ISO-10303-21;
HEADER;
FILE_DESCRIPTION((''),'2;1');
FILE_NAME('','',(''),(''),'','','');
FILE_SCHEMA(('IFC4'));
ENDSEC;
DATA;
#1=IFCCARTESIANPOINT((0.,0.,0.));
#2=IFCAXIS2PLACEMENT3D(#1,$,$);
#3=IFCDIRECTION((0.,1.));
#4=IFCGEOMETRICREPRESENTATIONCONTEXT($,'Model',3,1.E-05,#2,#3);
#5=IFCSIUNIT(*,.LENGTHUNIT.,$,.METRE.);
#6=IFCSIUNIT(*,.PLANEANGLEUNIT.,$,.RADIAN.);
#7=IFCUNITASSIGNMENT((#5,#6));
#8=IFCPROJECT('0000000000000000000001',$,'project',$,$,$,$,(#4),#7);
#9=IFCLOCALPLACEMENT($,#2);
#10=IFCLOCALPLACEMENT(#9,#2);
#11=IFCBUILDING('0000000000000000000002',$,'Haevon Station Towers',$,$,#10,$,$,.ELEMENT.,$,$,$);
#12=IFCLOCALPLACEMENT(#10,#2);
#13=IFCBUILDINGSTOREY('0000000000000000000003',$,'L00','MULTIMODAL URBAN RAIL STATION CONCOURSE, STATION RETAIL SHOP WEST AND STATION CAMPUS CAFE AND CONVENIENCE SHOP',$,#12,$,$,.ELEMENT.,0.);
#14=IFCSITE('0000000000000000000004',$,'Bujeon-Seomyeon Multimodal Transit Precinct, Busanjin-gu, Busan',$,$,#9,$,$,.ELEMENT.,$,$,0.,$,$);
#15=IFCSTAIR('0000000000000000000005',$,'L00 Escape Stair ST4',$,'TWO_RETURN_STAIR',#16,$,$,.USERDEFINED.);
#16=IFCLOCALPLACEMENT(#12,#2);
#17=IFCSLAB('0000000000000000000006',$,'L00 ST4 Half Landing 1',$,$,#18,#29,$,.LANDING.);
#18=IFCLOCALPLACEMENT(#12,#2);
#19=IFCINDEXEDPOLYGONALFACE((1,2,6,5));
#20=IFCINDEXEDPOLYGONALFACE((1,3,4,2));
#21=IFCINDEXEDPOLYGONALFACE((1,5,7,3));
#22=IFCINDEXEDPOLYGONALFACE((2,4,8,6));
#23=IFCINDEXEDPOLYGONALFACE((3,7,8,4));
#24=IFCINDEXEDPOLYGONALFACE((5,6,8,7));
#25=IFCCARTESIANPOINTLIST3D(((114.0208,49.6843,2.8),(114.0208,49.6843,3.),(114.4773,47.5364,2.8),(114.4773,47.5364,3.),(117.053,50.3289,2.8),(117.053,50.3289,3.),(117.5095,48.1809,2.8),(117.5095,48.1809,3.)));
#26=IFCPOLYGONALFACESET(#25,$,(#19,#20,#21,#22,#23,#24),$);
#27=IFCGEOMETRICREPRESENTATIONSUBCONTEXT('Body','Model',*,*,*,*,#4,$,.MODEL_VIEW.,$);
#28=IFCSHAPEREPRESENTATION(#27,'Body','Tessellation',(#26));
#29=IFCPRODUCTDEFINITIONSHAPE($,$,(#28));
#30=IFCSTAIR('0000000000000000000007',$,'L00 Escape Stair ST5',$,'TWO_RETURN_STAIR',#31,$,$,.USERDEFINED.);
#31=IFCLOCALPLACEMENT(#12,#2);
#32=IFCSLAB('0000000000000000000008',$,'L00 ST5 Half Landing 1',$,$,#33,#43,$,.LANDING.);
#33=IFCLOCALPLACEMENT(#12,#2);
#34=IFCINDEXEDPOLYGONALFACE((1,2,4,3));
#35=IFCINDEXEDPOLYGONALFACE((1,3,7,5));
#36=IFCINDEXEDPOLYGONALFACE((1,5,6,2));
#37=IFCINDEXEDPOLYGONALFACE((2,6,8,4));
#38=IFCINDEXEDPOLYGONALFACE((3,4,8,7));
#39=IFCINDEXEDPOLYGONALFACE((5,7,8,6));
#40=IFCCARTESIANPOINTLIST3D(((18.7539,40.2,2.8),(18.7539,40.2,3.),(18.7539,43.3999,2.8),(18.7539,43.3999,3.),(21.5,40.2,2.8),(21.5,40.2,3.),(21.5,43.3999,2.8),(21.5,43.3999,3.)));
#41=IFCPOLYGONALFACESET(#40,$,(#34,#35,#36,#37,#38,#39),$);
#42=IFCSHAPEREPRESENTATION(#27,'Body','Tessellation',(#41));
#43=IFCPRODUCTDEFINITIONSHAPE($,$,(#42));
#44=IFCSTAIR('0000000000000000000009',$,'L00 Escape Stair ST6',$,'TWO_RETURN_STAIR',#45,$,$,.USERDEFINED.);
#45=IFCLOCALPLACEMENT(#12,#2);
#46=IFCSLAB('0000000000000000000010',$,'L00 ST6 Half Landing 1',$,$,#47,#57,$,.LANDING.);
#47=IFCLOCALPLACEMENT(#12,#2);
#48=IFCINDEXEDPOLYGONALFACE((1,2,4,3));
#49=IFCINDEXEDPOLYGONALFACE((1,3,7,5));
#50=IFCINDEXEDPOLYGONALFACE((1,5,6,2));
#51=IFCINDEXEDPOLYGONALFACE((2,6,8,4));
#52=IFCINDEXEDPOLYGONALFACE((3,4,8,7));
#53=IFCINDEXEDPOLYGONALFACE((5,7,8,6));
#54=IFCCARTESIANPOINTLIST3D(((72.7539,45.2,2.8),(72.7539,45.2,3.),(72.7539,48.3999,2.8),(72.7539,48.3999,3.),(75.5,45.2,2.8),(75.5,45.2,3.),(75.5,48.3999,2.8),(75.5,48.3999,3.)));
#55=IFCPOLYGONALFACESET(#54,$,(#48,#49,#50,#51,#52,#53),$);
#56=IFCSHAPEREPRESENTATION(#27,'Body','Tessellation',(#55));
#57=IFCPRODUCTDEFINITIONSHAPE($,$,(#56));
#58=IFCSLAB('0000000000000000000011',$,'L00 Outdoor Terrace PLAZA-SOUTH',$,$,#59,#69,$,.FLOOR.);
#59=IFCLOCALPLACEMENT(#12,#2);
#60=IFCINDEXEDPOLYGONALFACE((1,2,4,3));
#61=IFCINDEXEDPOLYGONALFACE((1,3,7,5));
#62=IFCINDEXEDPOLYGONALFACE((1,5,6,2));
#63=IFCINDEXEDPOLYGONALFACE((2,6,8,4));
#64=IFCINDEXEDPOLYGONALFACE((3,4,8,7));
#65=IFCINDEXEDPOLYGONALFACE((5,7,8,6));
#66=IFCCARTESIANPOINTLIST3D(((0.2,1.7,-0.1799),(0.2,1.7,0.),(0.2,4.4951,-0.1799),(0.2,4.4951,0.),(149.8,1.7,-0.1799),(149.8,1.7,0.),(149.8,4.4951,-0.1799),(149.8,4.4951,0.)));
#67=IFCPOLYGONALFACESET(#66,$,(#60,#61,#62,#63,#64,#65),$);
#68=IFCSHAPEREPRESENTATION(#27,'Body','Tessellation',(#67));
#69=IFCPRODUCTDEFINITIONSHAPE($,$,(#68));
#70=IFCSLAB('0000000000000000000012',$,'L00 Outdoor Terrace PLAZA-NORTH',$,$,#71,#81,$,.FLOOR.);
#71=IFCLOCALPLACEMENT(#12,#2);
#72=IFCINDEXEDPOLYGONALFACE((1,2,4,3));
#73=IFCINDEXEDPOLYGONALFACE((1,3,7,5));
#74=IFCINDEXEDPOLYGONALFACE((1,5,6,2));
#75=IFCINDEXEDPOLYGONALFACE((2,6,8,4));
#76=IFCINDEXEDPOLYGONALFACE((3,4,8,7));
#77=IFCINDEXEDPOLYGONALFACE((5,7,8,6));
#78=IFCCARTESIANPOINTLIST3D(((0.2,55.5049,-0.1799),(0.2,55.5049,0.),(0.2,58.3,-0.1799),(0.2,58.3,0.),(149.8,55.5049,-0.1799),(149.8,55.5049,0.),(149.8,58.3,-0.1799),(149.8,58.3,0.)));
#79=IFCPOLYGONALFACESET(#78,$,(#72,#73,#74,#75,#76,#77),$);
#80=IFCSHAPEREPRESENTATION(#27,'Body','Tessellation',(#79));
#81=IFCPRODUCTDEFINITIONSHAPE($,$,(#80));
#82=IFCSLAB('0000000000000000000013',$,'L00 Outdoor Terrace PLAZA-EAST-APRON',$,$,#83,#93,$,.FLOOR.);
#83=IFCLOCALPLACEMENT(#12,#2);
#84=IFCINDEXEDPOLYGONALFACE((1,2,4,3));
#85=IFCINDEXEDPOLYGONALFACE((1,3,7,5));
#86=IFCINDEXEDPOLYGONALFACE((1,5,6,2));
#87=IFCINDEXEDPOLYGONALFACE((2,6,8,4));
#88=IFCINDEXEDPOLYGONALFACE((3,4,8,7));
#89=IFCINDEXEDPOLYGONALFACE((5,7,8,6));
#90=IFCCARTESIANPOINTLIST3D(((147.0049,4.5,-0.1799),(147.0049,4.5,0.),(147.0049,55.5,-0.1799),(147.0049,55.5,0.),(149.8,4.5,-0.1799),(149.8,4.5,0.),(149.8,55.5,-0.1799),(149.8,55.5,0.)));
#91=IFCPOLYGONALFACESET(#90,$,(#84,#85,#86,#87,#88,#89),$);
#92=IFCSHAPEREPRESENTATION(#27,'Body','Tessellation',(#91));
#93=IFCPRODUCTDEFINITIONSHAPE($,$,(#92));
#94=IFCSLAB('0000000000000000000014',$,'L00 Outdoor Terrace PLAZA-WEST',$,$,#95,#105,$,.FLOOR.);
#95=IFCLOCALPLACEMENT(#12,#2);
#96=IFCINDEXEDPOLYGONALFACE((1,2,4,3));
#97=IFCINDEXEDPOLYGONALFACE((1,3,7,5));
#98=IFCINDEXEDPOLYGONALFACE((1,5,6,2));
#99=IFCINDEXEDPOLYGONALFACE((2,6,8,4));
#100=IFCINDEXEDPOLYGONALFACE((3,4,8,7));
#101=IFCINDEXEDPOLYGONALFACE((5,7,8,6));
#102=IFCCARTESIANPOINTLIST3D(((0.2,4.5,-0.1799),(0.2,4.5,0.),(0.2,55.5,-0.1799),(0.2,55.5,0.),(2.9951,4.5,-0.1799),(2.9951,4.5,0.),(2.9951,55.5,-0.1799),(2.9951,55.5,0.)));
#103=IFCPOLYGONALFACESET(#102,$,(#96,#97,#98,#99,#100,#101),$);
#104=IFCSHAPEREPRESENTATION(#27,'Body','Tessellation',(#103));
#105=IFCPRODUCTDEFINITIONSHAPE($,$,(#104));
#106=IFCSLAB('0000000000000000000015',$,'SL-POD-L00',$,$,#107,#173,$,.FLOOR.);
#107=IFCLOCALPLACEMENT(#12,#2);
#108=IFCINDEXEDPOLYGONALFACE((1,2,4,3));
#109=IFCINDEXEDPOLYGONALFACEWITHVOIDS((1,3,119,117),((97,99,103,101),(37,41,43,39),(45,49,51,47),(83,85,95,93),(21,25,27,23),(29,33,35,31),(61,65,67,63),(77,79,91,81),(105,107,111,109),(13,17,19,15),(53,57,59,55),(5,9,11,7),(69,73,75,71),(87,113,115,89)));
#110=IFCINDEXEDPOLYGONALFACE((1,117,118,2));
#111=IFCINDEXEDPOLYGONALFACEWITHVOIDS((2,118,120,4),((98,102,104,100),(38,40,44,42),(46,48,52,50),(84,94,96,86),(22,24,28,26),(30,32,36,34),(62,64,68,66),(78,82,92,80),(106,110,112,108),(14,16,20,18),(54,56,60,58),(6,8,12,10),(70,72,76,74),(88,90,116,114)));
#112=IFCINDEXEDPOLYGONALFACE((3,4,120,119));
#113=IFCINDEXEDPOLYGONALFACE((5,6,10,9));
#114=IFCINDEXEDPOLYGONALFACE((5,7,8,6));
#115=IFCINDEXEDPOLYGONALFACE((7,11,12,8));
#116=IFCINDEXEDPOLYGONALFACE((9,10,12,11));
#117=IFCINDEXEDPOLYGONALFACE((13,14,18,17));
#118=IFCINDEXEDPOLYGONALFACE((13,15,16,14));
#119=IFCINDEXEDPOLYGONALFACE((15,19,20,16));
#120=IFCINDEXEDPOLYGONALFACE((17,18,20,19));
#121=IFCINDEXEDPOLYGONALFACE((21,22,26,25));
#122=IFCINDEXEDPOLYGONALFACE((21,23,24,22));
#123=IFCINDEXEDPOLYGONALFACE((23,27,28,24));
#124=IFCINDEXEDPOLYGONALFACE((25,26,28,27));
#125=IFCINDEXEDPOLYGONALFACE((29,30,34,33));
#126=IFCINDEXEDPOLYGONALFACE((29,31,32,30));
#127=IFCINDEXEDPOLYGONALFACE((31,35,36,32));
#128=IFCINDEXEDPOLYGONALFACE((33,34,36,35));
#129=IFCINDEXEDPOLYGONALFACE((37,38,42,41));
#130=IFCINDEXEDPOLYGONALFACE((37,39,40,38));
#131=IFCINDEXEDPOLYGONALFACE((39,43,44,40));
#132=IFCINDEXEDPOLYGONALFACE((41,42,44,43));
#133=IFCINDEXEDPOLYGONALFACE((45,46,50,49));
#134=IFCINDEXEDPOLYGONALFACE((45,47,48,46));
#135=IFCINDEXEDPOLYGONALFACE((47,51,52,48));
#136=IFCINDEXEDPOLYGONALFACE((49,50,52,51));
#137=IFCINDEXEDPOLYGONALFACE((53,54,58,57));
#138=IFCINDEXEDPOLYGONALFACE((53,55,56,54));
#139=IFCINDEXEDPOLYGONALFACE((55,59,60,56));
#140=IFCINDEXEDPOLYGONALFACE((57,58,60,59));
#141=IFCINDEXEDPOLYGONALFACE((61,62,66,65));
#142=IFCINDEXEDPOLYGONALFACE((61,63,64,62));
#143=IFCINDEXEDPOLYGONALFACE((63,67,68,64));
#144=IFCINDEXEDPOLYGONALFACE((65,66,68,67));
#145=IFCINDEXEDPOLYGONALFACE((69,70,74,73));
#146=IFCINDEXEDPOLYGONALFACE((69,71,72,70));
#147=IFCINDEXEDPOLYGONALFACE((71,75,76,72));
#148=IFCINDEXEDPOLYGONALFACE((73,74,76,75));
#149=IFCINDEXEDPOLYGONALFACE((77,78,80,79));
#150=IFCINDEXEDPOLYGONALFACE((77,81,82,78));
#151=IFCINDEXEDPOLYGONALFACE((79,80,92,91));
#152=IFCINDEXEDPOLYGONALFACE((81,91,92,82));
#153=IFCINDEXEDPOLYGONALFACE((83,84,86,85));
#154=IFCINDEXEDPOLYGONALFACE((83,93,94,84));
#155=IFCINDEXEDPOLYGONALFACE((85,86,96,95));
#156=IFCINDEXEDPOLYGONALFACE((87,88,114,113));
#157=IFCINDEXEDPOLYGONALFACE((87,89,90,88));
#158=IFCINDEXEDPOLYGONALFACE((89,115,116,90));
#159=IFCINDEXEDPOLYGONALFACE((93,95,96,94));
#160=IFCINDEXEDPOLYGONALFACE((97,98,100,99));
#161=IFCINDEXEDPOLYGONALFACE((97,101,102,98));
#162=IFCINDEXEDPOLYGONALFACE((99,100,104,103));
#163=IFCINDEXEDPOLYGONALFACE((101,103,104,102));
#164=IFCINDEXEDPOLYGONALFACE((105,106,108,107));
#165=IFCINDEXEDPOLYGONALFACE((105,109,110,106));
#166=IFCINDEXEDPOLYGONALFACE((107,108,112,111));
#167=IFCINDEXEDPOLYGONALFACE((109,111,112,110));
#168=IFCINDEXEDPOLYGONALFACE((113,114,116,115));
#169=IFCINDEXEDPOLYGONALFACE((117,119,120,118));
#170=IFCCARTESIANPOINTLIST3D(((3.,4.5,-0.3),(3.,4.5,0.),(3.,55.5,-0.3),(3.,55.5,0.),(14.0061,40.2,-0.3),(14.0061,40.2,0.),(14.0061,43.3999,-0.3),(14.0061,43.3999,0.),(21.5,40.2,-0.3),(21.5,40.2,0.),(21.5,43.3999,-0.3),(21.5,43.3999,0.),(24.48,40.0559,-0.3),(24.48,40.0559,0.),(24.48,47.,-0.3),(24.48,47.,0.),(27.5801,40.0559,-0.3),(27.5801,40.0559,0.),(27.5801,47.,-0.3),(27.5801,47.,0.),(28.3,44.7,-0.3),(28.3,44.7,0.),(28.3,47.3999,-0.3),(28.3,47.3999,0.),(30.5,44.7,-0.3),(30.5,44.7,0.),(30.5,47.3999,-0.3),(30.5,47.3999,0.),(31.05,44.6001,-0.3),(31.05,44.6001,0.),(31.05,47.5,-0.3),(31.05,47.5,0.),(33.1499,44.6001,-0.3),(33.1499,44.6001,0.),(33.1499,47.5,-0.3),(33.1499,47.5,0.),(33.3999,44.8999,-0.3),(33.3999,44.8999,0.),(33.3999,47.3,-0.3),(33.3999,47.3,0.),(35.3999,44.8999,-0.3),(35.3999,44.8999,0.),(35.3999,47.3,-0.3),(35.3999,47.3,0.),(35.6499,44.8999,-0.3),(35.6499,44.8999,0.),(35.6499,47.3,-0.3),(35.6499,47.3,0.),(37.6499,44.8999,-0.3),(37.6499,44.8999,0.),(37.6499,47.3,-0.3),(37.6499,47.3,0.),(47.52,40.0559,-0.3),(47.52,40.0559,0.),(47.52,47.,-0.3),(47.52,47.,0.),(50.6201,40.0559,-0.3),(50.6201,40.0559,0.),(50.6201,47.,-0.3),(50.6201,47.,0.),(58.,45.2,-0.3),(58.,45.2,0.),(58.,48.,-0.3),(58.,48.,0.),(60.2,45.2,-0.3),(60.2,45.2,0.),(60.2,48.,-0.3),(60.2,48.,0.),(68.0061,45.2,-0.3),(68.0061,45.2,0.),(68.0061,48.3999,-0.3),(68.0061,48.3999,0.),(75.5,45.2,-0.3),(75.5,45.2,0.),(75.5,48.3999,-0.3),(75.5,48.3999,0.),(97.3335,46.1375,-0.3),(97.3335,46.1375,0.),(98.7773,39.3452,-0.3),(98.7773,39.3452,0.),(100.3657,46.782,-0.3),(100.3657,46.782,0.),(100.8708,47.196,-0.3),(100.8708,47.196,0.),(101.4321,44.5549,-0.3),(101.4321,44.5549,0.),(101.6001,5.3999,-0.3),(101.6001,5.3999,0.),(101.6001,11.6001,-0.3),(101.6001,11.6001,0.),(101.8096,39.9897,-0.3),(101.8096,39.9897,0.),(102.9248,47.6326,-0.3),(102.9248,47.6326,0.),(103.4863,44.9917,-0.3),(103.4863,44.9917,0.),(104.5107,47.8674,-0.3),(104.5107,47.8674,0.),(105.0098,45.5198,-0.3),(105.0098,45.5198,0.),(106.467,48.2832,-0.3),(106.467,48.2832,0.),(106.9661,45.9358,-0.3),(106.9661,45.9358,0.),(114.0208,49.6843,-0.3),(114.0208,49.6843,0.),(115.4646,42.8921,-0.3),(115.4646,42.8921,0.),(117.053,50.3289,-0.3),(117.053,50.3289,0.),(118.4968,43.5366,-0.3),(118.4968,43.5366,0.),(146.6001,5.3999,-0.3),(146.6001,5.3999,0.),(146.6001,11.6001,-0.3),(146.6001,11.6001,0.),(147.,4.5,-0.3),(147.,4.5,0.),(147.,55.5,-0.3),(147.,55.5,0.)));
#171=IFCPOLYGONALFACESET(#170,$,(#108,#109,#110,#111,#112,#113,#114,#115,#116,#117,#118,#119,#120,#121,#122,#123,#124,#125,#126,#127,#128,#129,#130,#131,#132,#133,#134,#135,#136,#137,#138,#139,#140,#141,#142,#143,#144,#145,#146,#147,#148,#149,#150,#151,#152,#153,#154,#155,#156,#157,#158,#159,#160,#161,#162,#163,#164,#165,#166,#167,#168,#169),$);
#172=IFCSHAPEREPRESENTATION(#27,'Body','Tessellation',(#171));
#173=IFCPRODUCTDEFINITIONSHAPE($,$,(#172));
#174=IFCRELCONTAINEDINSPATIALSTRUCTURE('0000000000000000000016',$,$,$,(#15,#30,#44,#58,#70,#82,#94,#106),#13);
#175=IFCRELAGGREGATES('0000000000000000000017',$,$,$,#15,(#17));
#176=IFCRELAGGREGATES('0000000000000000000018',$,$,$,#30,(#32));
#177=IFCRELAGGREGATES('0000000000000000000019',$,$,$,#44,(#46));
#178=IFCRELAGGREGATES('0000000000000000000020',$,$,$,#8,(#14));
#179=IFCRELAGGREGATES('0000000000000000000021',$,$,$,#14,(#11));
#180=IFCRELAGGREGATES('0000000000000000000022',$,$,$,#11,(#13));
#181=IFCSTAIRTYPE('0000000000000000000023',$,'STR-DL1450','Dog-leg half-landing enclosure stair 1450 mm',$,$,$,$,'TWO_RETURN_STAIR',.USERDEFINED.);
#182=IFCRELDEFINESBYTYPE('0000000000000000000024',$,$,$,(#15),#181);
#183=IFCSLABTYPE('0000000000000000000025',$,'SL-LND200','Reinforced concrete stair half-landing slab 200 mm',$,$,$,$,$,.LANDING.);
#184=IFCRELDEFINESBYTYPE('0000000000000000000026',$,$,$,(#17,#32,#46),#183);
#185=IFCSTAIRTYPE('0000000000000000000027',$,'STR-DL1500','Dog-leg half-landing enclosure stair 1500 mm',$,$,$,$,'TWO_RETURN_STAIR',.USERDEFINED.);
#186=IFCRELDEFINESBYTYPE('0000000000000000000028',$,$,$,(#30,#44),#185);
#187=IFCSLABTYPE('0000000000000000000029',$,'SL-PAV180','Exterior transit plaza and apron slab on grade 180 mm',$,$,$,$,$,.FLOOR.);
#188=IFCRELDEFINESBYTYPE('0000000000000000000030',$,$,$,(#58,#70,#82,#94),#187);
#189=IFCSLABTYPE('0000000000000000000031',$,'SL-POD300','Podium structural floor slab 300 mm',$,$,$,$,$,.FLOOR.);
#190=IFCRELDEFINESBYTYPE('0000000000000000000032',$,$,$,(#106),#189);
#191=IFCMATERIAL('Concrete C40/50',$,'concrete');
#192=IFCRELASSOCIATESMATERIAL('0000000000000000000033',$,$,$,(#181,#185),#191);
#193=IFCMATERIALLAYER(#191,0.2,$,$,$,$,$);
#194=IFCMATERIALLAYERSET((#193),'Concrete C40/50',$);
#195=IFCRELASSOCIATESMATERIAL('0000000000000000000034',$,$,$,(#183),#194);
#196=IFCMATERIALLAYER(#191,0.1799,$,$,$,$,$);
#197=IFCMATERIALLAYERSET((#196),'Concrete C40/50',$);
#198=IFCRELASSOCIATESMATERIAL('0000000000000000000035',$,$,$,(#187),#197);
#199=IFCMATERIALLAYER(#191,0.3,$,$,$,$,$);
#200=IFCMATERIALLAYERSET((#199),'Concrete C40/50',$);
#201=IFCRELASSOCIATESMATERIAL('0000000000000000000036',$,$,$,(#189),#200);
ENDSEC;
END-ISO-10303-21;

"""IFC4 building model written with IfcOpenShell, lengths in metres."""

from ifc_helpers import new_model, si_unit, direction, frame, origin, place, context, subcontext, project, spatial, polyline, outline, extrude, material, layer, layer_set, type_object, element, aggregate, save


model = new_model("IFC4")

# Units and contexts
model_context = context("Model", 3, precision=1e-05, world=origin(), true_north=direction((0.0, 1.0)))
body_context = subcontext(model_context, "Body", "Model", "MODEL_VIEW")
ifc_project = project(units=[si_unit("LENGTHUNIT", "METRE"), si_unit("PLANEANGLEUNIT", "RADIAN")], contexts=[model_context])

# Site, building, storey
site_placement = place(None, origin())
site = spatial("IfcSite", under=ifc_project, at=site_placement, Name="Bujeon-Seomyeon Multimodal Transit Precinct, Busanjin-gu, Busan", CompositionType="ELEMENT", RefElevation=0.0)
building_placement = place(site_placement, origin())
building = spatial("IfcBuilding", under=site, at=building_placement, Name="Haevon Station Towers", CompositionType="ELEMENT")
storey_placement = place(building_placement, origin())
storey = spatial("IfcBuildingStorey", under=building, at=storey_placement, Name="L00", Description="MULTIMODAL URBAN RAIL STATION CONCOURSE, STATION RETAIL SHOP WEST AND STATION CAMPUS CAFE AND CONVENIENCE SHOP", CompositionType="ELEMENT", Elevation=0.0)

# Stairs, slabs
ifc_material_1 = material(Name="Concrete C40/50", Category="concrete")
stair_type_1 = type_object("IfcStairType", Name="STR-DL1450", Description="Dog-leg half-landing enclosure stair 1450 mm", ElementType="TWO_RETURN_STAIR", PredefinedType="USERDEFINED", material=ifc_material_1)
ifc_layer_1 = layer(ifc_material_1, 0.2)
ifc_layer_set_1 = layer_set([ifc_layer_1], Name="Concrete C40/50")
slab_type_1 = type_object("IfcSlabType", Name="SL-LND200", Description="Reinforced concrete stair half-landing slab 200 mm", PredefinedType="LANDING", material=ifc_layer_set_1)
stair_1_placement = place(storey_placement, origin())
stair_1 = element("IfcStair", 1, at=stair_1_placement, inside=storey, type_object=stair_type_1, Name="L00 Escape Stair ST4", ObjectType="TWO_RETURN_STAIR", PredefinedType="USERDEFINED")
slab_1_placement = place(storey_placement, frame((0.0, 0.0, 2.8)))
slab_1 = element("IfcSlab", 2, at=slab_1_placement, type_object=slab_type_1, Name="L00 ST4 Half Landing 1", PredefinedType="LANDING", context=body_context, shape_type="SweptSolid", body=[
    extrude(outline(polyline([(117.5095, 48.1809), (117.053, 50.3289), (114.0208, 49.6843), (114.4773, 47.5364), (117.5095, 48.1809)])), origin(), (0.0, 0.0, 1.0), 0.2),
])
aggregate(stair_1, [slab_1])
stair_type_2 = type_object("IfcStairType", Name="STR-DL1500", Description="Dog-leg half-landing enclosure stair 1500 mm", ElementType="TWO_RETURN_STAIR", PredefinedType="USERDEFINED", material=ifc_material_1)
stair_2_placement = place(storey_placement, origin())
stair_2 = element("IfcStair", 3, at=stair_2_placement, inside=storey, type_object=stair_type_2, Name="L00 Escape Stair ST5", ObjectType="TWO_RETURN_STAIR", PredefinedType="USERDEFINED")
slab_2_placement = place(storey_placement, frame((0.0, 0.0, 2.8)))
slab_2 = element("IfcSlab", 4, at=slab_2_placement, type_object=slab_type_1, Name="L00 ST5 Half Landing 1", PredefinedType="LANDING", context=body_context, shape_type="SweptSolid", body=[
    extrude(outline(polyline([(18.7539, 40.2), (21.5, 40.2), (21.5, 43.3999), (18.7539, 43.3999), (18.7539, 40.2)])), origin(), (0.0, 0.0, 1.0), 0.2),
])
aggregate(stair_2, [slab_2])
stair_3_placement = place(storey_placement, origin())
stair_3 = element("IfcStair", 5, at=stair_3_placement, inside=storey, type_object=stair_type_2, Name="L00 Escape Stair ST6", ObjectType="TWO_RETURN_STAIR", PredefinedType="USERDEFINED")
slab_3_placement = place(storey_placement, frame((0.0, 0.0, 2.8)))
slab_3 = element("IfcSlab", 6, at=slab_3_placement, type_object=slab_type_1, Name="L00 ST6 Half Landing 1", PredefinedType="LANDING", context=body_context, shape_type="SweptSolid", body=[
    extrude(outline(polyline([(72.7539, 45.2), (75.5, 45.2), (75.5, 48.3999), (72.7539, 48.3999), (72.7539, 45.2)])), origin(), (0.0, 0.0, 1.0), 0.2),
])
aggregate(stair_3, [slab_3])

# Slabs
ifc_layer_2 = layer(ifc_material_1, 0.1799)
ifc_layer_set_2 = layer_set([ifc_layer_2], Name="Concrete C40/50")
slab_type_2 = type_object("IfcSlabType", Name="SL-PAV180", Description="Exterior transit plaza and apron slab on grade 180 mm", PredefinedType="FLOOR", material=ifc_layer_set_2)
slab_4_placement = place(storey_placement, frame((0.0, 0.0, -0.1799)))
element("IfcSlab", 7, at=slab_4_placement, inside=storey, type_object=slab_type_2, Name="L00 Outdoor Terrace PLAZA-SOUTH", PredefinedType="FLOOR", context=body_context, shape_type="SweptSolid", body=[
    extrude(outline(polyline([(0.2, 1.7), (149.8, 1.7), (149.8, 4.4951), (0.2, 4.4951), (0.2, 1.7)])), origin(), (0.0, 0.0, 1.0), 0.1799),
])
slab_5_placement = place(storey_placement, frame((0.0, 0.0, -0.1799)))
element("IfcSlab", 8, at=slab_5_placement, inside=storey, type_object=slab_type_2, Name="L00 Outdoor Terrace PLAZA-NORTH", PredefinedType="FLOOR", context=body_context, shape_type="SweptSolid", body=[
    extrude(outline(polyline([(0.2, 55.5049), (149.8, 55.5049), (149.8, 58.3), (0.2, 58.3), (0.2, 55.5049)])), origin(), (0.0, 0.0, 1.0), 0.1799),
])
slab_6_placement = place(storey_placement, frame((0.0, 0.0, -0.1799)))
element("IfcSlab", 9, at=slab_6_placement, inside=storey, type_object=slab_type_2, Name="L00 Outdoor Terrace PLAZA-EAST-APRON", PredefinedType="FLOOR", context=body_context, shape_type="SweptSolid", body=[
    extrude(outline(polyline([(147.0049, 4.5), (149.8, 4.5), (149.8, 55.5), (147.0049, 55.5), (147.0049, 4.5)])), origin(), (0.0, 0.0, 1.0), 0.1799),
])
slab_7_placement = place(storey_placement, frame((0.0, 0.0, -0.1799)))
element("IfcSlab", 10, at=slab_7_placement, inside=storey, type_object=slab_type_2, Name="L00 Outdoor Terrace PLAZA-WEST", PredefinedType="FLOOR", context=body_context, shape_type="SweptSolid", body=[
    extrude(outline(polyline([(0.2, 4.5), (2.9951, 4.5), (2.9951, 55.5), (0.2, 55.5), (0.2, 4.5)])), origin(), (0.0, 0.0, 1.0), 0.1799),
])
ifc_layer_3 = layer(ifc_material_1, 0.3)
ifc_layer_set_3 = layer_set([ifc_layer_3], Name="Concrete C40/50")
slab_type_3 = type_object("IfcSlabType", Name="SL-POD300", Description="Podium structural floor slab 300 mm", PredefinedType="FLOOR", material=ifc_layer_set_3)
slab_8_placement = place(storey_placement, frame((0.0, 0.0, -0.3)))
element("IfcSlab", 11, at=slab_8_placement, inside=storey, type_object=slab_type_3, Name="SL-POD-L00", PredefinedType="FLOOR", context=body_context, shape_type="SweptSolid", body=[
    extrude(outline(polyline([(3.0, 4.5), (147.0, 4.5), (147.0, 55.5), (3.0, 55.5), (3.0, 4.5)]), holes=[polyline([(101.6001, 5.3999), (146.6001, 5.3999), (146.6001, 11.6001), (101.6001, 11.6001), (101.6001, 5.3999)]), polyline([(27.5801, 40.0559), (27.5801, 47.0), (24.48, 47.0), (24.48, 40.0559), (27.5801, 40.0559)]), polyline([(50.6201, 40.0559), (50.6201, 47.0), (47.52, 47.0), (47.52, 40.0559), (50.6201, 40.0559)]), polyline([(101.8096, 39.9897), (100.3657, 46.782), (97.3335, 46.1375), (98.7773, 39.3452), (101.8096, 39.9897)]), polyline([(118.4968, 43.5366), (117.053, 50.3289), (114.0208, 49.6843), (115.4646, 42.8921), (118.4968, 43.5366)]), polyline([(14.0061, 40.2), (21.5, 40.2), (21.5, 43.3999), (14.0061, 43.3999), (14.0061, 40.2)]), polyline([(68.0061, 45.2), (75.5, 45.2), (75.5, 48.3999), (68.0061, 48.3999), (68.0061, 45.2)]), polyline([(28.3, 44.7), (30.5, 44.7), (30.5, 47.3999), (28.3, 47.3999), (28.3, 44.7)]), polyline([(101.4321, 44.5549), (103.4863, 44.9917), (102.9248, 47.6326), (100.8708, 47.196), (101.4321, 44.5549)]), polyline([(31.05, 44.6001), (33.1499, 44.6001), (33.1499, 47.5), (31.05, 47.5), (31.05, 44.6001)]), polyline([(33.3999, 44.8999), (35.3999, 44.8999), (35.3999, 47.3), (33.3999, 47.3), (33.3999, 44.8999)]), polyline([(35.6499, 44.8999), (37.6499, 44.8999), (37.6499, 47.3), (35.6499, 47.3), (35.6499, 44.8999)]), polyline([(105.0098, 45.5198), (106.9661, 45.9358), (106.467, 48.2832), (104.5107, 47.8674), (105.0098, 45.5198)]), polyline([(58.0, 45.2), (60.2, 45.2), (60.2, 48.0), (58.0, 48.0), (58.0, 45.2)])]), origin(), (0.0, 0.0, 1.0), 0.3),
])

save(model, "model.ifc")
